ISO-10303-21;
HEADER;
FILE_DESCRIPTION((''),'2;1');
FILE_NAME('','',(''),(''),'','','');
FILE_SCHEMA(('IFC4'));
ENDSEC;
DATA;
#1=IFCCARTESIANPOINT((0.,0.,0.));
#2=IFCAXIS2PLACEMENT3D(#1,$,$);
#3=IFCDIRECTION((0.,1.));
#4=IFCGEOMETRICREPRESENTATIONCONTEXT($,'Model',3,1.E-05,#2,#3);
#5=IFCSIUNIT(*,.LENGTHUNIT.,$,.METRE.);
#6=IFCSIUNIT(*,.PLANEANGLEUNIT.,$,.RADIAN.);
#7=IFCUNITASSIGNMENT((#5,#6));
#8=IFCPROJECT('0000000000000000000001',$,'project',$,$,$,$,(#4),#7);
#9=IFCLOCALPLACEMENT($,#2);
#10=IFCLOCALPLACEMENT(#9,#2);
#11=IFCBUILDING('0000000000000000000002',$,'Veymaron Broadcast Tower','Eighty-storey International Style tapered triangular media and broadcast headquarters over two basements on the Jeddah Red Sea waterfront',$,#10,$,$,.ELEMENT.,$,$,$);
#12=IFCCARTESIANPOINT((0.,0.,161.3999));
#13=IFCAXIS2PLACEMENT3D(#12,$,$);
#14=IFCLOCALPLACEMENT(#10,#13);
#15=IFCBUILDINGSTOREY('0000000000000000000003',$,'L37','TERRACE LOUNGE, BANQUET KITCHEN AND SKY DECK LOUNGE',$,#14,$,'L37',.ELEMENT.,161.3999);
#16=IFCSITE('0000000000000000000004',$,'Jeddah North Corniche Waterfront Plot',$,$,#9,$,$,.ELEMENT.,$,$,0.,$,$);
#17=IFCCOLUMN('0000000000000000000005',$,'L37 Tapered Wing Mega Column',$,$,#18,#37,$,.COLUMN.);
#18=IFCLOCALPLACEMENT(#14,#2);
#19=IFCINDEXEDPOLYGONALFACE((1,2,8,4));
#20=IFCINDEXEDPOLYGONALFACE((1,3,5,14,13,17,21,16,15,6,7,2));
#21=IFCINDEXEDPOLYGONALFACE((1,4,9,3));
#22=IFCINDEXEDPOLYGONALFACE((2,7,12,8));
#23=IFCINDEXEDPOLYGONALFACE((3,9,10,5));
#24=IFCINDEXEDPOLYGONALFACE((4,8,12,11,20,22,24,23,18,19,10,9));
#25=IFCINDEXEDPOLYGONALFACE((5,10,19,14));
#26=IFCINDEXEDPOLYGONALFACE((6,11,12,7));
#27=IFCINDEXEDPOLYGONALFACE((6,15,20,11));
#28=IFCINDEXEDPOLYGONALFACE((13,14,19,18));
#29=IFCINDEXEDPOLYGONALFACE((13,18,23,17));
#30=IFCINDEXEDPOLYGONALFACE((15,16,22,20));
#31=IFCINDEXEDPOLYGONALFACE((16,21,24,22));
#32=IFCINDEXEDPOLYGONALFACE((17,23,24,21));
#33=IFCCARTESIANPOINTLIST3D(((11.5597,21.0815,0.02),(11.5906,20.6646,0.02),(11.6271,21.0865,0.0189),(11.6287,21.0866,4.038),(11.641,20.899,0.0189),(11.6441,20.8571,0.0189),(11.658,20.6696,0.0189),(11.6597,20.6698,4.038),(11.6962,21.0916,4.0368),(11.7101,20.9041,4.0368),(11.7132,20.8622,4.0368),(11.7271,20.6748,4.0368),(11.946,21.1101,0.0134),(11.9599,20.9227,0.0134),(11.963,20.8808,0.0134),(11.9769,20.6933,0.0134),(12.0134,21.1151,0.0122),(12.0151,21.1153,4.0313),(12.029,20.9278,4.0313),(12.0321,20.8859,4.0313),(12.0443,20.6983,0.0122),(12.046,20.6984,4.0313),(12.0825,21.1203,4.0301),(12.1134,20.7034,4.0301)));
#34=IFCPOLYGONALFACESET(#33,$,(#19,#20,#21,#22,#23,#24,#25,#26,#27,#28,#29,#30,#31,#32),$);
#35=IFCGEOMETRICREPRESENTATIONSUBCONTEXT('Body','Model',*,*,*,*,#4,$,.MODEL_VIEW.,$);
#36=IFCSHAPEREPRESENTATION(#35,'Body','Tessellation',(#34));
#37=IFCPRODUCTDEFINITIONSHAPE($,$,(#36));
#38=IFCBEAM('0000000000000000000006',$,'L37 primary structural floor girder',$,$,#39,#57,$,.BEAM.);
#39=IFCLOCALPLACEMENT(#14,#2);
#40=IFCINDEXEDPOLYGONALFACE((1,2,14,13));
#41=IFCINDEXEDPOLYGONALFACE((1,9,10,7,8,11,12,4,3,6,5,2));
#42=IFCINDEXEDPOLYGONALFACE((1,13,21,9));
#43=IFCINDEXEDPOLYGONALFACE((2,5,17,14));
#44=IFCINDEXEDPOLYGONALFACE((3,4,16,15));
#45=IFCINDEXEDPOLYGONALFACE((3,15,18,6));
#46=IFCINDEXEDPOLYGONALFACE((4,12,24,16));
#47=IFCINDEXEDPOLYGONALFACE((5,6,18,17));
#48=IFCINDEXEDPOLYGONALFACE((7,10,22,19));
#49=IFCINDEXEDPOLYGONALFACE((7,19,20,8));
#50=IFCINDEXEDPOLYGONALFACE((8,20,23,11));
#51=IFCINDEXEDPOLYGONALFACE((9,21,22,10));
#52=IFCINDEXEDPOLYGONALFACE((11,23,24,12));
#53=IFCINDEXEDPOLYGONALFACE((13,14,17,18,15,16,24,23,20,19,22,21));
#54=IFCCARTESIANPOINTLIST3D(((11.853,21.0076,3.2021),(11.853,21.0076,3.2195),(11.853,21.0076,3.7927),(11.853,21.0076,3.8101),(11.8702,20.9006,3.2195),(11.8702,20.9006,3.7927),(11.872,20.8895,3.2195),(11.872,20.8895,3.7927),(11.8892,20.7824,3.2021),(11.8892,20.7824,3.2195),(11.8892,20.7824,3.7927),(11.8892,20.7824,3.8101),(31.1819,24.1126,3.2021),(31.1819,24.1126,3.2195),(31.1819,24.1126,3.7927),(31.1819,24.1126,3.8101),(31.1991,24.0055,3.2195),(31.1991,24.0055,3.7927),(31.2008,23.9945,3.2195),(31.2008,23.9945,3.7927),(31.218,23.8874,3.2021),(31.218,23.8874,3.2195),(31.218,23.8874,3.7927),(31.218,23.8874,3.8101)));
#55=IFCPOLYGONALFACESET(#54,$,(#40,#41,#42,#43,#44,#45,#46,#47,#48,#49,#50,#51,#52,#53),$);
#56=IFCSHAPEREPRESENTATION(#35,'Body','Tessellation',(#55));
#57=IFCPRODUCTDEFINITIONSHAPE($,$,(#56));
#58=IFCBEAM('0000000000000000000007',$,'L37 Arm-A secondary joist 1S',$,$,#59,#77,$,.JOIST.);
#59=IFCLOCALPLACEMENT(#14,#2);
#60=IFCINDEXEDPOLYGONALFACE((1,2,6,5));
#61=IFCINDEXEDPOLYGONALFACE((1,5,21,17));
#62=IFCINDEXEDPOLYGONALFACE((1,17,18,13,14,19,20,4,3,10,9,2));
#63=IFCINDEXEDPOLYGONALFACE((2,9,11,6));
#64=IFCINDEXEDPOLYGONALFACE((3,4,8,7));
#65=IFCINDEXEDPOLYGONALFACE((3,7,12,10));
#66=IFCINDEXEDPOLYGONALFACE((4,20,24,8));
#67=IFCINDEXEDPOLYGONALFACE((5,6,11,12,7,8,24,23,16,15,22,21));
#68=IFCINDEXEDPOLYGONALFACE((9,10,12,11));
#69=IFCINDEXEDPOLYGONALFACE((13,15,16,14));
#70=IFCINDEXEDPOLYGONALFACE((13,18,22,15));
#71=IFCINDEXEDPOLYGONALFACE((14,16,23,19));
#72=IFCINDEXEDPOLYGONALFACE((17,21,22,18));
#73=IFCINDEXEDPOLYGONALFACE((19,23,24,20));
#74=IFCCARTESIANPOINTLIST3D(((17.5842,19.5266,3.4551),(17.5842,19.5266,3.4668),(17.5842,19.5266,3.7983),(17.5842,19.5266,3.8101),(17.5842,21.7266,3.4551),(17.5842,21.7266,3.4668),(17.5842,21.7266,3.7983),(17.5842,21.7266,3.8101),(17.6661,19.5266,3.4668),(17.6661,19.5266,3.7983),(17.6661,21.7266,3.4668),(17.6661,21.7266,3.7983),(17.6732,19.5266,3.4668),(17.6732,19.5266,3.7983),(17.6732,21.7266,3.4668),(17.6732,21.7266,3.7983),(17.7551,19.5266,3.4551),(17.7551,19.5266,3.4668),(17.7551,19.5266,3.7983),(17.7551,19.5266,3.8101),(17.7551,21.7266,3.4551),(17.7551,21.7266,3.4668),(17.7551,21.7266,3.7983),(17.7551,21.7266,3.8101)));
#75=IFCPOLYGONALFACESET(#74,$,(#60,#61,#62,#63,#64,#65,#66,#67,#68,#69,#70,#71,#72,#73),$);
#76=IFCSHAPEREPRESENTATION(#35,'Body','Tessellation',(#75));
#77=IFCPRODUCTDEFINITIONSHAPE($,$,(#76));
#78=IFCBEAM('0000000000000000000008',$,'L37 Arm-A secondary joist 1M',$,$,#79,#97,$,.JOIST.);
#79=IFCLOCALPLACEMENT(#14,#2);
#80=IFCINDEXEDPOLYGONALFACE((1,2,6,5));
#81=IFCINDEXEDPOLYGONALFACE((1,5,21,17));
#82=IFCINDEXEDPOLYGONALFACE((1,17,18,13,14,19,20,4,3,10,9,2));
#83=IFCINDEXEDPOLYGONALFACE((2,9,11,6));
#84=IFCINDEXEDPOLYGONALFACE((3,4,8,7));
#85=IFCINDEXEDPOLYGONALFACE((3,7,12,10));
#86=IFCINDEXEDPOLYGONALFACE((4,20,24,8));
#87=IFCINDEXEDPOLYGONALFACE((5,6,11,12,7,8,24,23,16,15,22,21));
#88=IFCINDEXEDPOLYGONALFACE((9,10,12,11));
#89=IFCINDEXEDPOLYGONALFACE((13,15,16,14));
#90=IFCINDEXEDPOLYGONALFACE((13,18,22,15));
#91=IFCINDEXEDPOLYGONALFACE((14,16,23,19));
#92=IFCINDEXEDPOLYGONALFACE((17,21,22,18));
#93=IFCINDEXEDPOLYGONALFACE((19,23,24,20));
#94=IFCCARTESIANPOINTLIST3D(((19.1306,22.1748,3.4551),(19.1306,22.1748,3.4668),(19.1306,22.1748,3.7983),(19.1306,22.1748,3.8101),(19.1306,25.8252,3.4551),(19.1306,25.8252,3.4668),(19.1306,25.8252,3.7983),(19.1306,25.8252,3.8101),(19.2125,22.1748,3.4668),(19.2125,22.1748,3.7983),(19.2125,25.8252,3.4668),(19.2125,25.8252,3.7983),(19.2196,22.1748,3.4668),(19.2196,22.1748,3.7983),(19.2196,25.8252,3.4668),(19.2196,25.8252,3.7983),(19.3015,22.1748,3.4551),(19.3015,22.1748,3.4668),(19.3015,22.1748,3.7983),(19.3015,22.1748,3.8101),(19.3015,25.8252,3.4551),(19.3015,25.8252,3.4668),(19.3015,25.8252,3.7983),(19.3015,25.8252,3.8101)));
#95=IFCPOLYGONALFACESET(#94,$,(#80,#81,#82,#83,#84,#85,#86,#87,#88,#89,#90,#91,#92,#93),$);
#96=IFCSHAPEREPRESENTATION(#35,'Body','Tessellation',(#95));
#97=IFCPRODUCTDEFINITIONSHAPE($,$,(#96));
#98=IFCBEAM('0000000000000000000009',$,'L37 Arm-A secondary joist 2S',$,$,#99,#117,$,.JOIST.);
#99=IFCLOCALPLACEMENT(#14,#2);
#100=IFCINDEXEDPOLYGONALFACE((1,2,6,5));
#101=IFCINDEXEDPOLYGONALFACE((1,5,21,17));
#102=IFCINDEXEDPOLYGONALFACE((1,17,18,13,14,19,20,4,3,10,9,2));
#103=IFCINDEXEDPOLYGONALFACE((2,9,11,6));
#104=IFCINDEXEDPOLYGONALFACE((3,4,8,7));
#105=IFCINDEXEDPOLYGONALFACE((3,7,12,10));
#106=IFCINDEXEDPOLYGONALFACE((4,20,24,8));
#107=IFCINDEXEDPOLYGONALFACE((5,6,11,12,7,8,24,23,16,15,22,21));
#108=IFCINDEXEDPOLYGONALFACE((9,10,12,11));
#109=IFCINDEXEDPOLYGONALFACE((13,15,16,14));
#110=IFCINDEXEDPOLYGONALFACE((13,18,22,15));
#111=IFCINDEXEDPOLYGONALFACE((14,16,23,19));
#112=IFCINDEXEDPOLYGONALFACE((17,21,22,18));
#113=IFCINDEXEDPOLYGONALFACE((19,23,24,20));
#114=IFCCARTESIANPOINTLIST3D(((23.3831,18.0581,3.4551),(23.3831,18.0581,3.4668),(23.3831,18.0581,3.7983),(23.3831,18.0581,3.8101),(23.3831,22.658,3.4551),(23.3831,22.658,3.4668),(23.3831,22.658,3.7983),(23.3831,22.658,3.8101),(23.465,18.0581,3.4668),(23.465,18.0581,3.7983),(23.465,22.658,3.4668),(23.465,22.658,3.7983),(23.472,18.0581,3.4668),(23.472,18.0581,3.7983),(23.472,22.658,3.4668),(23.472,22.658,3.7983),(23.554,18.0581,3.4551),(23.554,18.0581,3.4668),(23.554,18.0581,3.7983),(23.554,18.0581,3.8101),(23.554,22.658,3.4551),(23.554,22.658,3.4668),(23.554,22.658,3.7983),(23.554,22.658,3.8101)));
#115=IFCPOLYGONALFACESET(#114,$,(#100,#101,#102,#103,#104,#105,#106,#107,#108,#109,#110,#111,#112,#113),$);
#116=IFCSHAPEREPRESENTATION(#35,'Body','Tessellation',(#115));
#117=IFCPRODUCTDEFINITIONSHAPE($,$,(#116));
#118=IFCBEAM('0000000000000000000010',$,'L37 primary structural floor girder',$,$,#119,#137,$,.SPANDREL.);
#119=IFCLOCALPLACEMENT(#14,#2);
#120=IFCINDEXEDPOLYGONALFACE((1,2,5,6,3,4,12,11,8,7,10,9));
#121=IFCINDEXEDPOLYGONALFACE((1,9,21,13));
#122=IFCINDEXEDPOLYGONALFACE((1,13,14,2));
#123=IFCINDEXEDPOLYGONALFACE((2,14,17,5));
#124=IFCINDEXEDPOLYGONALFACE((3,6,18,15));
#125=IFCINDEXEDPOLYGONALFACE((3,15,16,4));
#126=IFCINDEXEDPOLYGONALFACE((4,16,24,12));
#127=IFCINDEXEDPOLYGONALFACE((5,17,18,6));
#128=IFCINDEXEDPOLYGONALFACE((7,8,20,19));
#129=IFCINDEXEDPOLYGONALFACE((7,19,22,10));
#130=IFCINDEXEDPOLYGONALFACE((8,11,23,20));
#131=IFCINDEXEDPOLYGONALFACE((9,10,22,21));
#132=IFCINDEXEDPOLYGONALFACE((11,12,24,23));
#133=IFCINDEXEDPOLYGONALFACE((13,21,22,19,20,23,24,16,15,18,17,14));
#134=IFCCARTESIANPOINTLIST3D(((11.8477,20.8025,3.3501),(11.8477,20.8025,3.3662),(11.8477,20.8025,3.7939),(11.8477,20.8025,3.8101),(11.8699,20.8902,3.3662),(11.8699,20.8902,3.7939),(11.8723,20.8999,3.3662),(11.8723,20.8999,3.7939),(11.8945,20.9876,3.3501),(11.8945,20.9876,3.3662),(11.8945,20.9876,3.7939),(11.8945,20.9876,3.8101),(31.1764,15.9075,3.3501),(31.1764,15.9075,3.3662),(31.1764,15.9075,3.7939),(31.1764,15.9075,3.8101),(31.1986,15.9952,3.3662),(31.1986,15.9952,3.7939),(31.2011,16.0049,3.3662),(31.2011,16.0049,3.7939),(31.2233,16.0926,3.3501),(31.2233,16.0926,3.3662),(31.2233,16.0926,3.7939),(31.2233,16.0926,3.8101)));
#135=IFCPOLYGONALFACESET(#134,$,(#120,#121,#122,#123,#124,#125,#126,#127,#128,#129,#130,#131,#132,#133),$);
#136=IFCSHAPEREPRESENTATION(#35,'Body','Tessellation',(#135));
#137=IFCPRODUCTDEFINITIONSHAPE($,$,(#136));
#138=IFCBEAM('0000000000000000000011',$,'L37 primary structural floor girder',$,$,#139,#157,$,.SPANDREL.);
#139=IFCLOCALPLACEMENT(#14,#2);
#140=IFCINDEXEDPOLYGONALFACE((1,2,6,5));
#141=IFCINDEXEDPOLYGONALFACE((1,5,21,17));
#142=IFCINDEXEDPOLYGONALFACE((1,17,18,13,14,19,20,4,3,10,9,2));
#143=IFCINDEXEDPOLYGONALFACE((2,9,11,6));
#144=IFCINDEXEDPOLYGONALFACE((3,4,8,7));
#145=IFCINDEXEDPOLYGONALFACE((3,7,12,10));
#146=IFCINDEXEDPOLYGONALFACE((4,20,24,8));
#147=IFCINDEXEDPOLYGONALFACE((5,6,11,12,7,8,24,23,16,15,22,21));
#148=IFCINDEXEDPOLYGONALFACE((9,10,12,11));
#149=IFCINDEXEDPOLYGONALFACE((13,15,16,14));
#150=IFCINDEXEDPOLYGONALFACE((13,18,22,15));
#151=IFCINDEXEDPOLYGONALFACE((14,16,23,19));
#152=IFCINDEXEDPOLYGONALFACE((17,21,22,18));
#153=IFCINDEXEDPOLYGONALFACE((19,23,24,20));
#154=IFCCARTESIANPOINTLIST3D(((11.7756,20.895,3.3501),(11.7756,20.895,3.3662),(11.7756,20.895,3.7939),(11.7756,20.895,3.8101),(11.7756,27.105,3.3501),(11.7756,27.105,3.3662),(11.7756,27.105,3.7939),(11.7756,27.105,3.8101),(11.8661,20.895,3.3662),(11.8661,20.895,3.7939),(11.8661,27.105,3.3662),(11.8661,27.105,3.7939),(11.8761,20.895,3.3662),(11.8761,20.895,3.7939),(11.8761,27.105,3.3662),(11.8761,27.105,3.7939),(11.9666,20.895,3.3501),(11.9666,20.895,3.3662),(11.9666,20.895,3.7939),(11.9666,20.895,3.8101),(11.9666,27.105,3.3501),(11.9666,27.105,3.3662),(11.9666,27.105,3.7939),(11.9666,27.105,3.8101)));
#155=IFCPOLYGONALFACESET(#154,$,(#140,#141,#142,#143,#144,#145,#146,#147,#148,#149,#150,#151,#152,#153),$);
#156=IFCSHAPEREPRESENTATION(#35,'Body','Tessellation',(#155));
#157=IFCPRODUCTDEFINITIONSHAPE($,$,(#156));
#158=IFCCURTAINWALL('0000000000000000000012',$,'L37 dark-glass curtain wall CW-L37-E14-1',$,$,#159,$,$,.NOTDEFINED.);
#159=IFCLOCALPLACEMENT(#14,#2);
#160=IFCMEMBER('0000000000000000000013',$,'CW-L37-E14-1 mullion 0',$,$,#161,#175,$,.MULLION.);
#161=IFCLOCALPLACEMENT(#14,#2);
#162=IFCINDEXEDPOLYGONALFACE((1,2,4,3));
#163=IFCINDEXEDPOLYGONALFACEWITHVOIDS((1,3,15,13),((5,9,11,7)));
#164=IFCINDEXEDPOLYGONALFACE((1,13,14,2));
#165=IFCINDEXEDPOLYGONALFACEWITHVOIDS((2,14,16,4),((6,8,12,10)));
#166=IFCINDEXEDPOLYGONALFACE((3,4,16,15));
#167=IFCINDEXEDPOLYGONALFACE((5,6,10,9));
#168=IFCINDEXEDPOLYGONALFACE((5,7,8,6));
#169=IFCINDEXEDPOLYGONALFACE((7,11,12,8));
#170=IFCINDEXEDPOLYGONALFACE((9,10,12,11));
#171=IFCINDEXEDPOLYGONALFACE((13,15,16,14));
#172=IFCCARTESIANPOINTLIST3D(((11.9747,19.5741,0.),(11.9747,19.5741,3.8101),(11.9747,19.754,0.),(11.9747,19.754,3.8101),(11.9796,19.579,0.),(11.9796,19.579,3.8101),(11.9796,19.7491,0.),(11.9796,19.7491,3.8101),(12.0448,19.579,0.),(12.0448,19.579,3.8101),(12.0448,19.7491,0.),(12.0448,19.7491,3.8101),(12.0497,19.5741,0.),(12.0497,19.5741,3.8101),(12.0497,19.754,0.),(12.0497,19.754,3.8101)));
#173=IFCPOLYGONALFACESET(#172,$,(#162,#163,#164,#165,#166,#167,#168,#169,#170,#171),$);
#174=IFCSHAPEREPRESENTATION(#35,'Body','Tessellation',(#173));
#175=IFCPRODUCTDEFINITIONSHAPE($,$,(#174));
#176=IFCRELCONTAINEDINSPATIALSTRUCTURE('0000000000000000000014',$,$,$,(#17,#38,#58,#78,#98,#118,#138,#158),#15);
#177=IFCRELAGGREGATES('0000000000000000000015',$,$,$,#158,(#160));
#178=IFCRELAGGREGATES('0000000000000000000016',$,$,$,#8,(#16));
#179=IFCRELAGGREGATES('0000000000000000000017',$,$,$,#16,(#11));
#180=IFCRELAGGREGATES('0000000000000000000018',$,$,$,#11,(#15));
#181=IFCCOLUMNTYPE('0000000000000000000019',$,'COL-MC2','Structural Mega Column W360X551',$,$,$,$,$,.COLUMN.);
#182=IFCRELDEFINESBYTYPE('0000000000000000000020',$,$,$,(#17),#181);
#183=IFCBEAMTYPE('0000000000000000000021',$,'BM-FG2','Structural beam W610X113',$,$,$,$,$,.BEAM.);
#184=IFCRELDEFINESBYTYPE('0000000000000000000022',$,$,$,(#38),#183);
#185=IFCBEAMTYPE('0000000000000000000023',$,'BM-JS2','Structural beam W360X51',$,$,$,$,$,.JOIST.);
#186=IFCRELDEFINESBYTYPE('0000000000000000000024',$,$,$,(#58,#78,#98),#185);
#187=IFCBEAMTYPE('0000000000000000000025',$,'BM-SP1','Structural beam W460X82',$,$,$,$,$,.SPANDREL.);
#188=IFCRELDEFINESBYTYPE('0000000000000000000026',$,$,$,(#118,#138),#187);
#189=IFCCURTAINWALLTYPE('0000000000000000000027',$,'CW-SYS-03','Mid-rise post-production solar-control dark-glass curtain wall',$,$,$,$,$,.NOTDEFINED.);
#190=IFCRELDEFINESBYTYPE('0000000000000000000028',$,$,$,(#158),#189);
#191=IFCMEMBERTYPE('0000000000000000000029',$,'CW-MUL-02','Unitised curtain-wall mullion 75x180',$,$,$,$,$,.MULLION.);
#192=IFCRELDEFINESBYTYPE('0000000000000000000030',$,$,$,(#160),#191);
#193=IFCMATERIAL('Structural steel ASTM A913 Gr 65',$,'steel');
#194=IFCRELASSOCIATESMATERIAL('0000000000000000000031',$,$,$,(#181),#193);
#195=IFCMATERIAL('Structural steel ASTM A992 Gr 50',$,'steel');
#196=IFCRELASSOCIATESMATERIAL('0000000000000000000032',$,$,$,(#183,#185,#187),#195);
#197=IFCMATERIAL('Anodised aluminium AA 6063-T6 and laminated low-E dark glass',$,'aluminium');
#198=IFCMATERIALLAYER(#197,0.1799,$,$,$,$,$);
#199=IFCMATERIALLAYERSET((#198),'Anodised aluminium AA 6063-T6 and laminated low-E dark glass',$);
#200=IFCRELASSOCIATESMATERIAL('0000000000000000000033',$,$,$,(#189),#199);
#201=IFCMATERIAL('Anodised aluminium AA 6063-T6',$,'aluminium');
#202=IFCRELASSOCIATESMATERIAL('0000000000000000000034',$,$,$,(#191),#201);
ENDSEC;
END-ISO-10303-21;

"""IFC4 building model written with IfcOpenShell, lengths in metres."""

from ifc_helpers import new_model, si_unit, direction, frame, origin, origin_2d, place, context, subcontext, project, spatial, hollow_rectangle, i_section, extrude, material, layer, layer_set, material_profile, profile_set, type_object, element, aggregate, save


model = new_model("IFC4")

# Units and contexts
model_context = context("Model", 3, precision=1e-05, world=origin(), true_north=direction((0.0, 1.0)))
body_context = subcontext(model_context, "Body", "Model", "MODEL_VIEW")
ifc_project = project(units=[si_unit("LENGTHUNIT", "METRE"), si_unit("PLANEANGLEUNIT", "RADIAN")], contexts=[model_context])

# Site, building, storey
site_placement = place(None, origin())
site = spatial("IfcSite", under=ifc_project, at=site_placement, Name="Jeddah North Corniche Waterfront Plot", CompositionType="ELEMENT", RefElevation=0.0)
building_placement = place(site_placement, origin())
building = spatial("IfcBuilding", under=site, at=building_placement, Name="Veymaron Broadcast Tower", Description="Eighty-storey International Style tapered triangular media and broadcast headquarters over two basements on the Jeddah Red Sea waterfront", CompositionType="ELEMENT")
storey_placement = place(building_placement, frame((0.0, 0.0, 161.3999)))
storey = spatial("IfcBuildingStorey", under=building, at=storey_placement, Name="L37", Description="TERRACE LOUNGE, BANQUET KITCHEN AND SKY DECK LOUNGE", LongName="L37", CompositionType="ELEMENT", Elevation=161.3999)

# Column
ifc_material_1 = material(Name="Structural steel ASTM A913 Gr 65", Category="steel")
ifc_material_profile_1 = material_profile(ifc_material_1, i_section(OverallWidth=0.418, OverallDepth=0.4551, WebThickness=0.042, FlangeThickness=0.0676, at=origin_2d()), Name="W360X551")
ifc_profile_set_1 = profile_set([ifc_material_profile_1], Name="Structural steel ASTM A913 Gr 65")
column_type = type_object("IfcColumnType", Name="COL-MC2", Description="Structural Mega Column W360X551", PredefinedType="COLUMN", material=ifc_profile_set_1)
column_placement = place(storey_placement, frame((11.802, 20.8899, 0.0161), z_axis=(0.017193, 0.001276, 0.999851), x_axis=(-0.074001, 0.997258, 0.0)))
element("IfcColumn", 1, at=column_placement, inside=storey, type_object=column_type, Name="L37 Tapered Wing Mega Column", PredefinedType="COLUMN", context=body_context, shape_type="SweptSolid", body=[
    extrude(i_section(OverallWidth=0.418, OverallDepth=0.4551, WebThickness=0.042, FlangeThickness=0.0676, at=origin_2d()), origin(), (0.0, 0.0, 1.0), 4.0186),
])

# Beams
ifc_material_2 = material(Name="Structural steel ASTM A992 Gr 50", Category="steel")
ifc_material_profile_2 = material_profile(ifc_material_2, i_section(OverallWidth=0.228, OverallDepth=0.6079, WebThickness=0.0112, FlangeThickness=0.0173, at=origin_2d()), Name="W610X113")
ifc_profile_set_2 = profile_set([ifc_material_profile_2], Name="Structural steel ASTM A992 Gr 50")
beam_type_1 = type_object("IfcBeamType", Name="BM-FG2", Description="Structural beam W610X113", PredefinedType="BEAM", material=ifc_profile_set_2)
beam_1_placement = place(storey_placement, frame((11.8711, 20.895, 3.5061), z_axis=(0.987342, 0.158606, 0.0), x_axis=(-0.158606, 0.987342, 0.0)))
element("IfcBeam", 2, at=beam_1_placement, inside=storey, type_object=beam_type_1, Name="L37 primary structural floor girder", PredefinedType="BEAM", context=body_context, shape_type="SweptSolid", body=[
    extrude(i_section(OverallWidth=0.228, OverallDepth=0.6079, WebThickness=0.0112, FlangeThickness=0.0173, at=origin_2d()), origin(), (0.0, 0.0, 1.0), 19.5767),
])
ifc_material_profile_3 = material_profile(ifc_material_2, i_section(OverallWidth=0.1709, OverallDepth=0.355, WebThickness=0.0071, FlangeThickness=0.0117, at=origin_2d()), Name="W360X51")
ifc_profile_set_3 = profile_set([ifc_material_profile_3], Name="Structural steel ASTM A992 Gr 50")
beam_type_2 = type_object("IfcBeamType", Name="BM-JS2", Description="Structural beam W360X51", PredefinedType="JOIST", material=ifc_profile_set_3)
beam_2_placement = place(storey_placement, frame((17.6697, 19.5266, 3.6326), z_axis=(0.0, 1.0, 0.0), x_axis=(-1.0, 0.0, 0.0)))
element("IfcBeam", 3, at=beam_2_placement, inside=storey, type_object=beam_type_2, Name="L37 Arm-A secondary joist 1S", PredefinedType="JOIST", context=body_context, shape_type="SweptSolid", body=[
    extrude(i_section(OverallWidth=0.1709, OverallDepth=0.355, WebThickness=0.0071, FlangeThickness=0.0117, at=origin_2d()), origin(), (0.0, 0.0, 1.0), 2.2),
])
beam_3_placement = place(storey_placement, frame((19.2161, 22.1748, 3.6326), z_axis=(0.0, 1.0, 0.0), x_axis=(-1.0, 0.0, 0.0)))
element("IfcBeam", 4, at=beam_3_placement, inside=storey, type_object=beam_type_2, Name="L37 Arm-A secondary joist 1M", PredefinedType="JOIST", context=body_context, shape_type="SweptSolid", body=[
    extrude(i_section(OverallWidth=0.1709, OverallDepth=0.355, WebThickness=0.0071, FlangeThickness=0.0117, at=origin_2d()), origin(), (0.0, 0.0, 1.0), 3.6504),
])
beam_4_placement = place(storey_placement, frame((23.4685, 18.0581, 3.6326), z_axis=(0.0, 1.0, 0.0), x_axis=(-1.0, 0.0, 0.0)))
element("IfcBeam", 5, at=beam_4_placement, inside=storey, type_object=beam_type_2, Name="L37 Arm-A secondary joist 2S", PredefinedType="JOIST", context=body_context, shape_type="SweptSolid", body=[
    extrude(i_section(OverallWidth=0.1709, OverallDepth=0.355, WebThickness=0.0071, FlangeThickness=0.0117, at=origin_2d()), origin(), (0.0, 0.0, 1.0), 4.5999),
])
ifc_material_profile_4 = material_profile(ifc_material_2, i_section(OverallWidth=0.1909, OverallDepth=0.46, WebThickness=0.01, FlangeThickness=0.0161, at=origin_2d()), Name="W460X82")
ifc_profile_set_4 = profile_set([ifc_material_profile_4], Name="Structural steel ASTM A992 Gr 50")
beam_type_3 = type_object("IfcBeamType", Name="BM-SP1", Description="Structural beam W460X82", PredefinedType="SPANDREL", material=ifc_profile_set_4)
beam_5_placement = place(storey_placement, frame((11.8711, 20.895, 3.5801), z_axis=(0.969397, -0.245499, 0.0), x_axis=(0.245499, 0.969397, 0.0)))
element("IfcBeam", 6, at=beam_5_placement, inside=storey, type_object=beam_type_3, Name="L37 primary structural floor girder", PredefinedType="SPANDREL", context=body_context, shape_type="SweptSolid", body=[
    extrude(i_section(OverallWidth=0.1909, OverallDepth=0.46, WebThickness=0.01, FlangeThickness=0.0161, at=origin_2d()), origin(), (0.0, 0.0, 1.0), 19.939),
])
beam_6_placement = place(storey_placement, frame((11.8711, 20.895, 3.5801), z_axis=(0.0, 1.0, 0.0), x_axis=(-1.0, 0.0, 0.0)))
element("IfcBeam", 7, at=beam_6_placement, inside=storey, type_object=beam_type_3, Name="L37 primary structural floor girder", PredefinedType="SPANDREL", context=body_context, shape_type="SweptSolid", body=[
    extrude(i_section(OverallWidth=0.1909, OverallDepth=0.46, WebThickness=0.01, FlangeThickness=0.0161, at=origin_2d()), origin(), (0.0, 0.0, 1.0), 6.21),
])

# Curtain wall, member
ifc_material_3 = material(Name="Anodised aluminium AA 6063-T6 and laminated low-E dark glass", Category="aluminium")
ifc_layer_1 = layer(ifc_material_3, 0.1799)
ifc_layer_set_1 = layer_set([ifc_layer_1], Name="Anodised aluminium AA 6063-T6 and laminated low-E dark glass")
curtain_wall_type = type_object("IfcCurtainWallType", Name="CW-SYS-03", Description="Mid-rise post-production solar-control dark-glass curtain wall", PredefinedType="NOTDEFINED", material=ifc_layer_set_1)
curtain_wall_placement = place(storey_placement, origin())
curtain_wall = element("IfcCurtainWall", 8, at=curtain_wall_placement, inside=storey, type_object=curtain_wall_type, Name="L37 dark-glass curtain wall CW-L37-E14-1", PredefinedType="NOTDEFINED")
ifc_material_4 = material(Name="Anodised aluminium AA 6063-T6", Category="aluminium")
ifc_material_profile_5 = material_profile(ifc_material_4, hollow_rectangle(XDim=0.075, YDim=0.1799, WallThickness=0.0049, at=origin_2d()), Name="AL180X75X5")
ifc_profile_set_5 = profile_set([ifc_material_profile_5], Name="Anodised aluminium AA 6063-T6")
member_type_1 = type_object("IfcMemberType", Name="CW-MUL-02", Description="Unitised curtain-wall mullion 75x180", PredefinedType="MULLION", material=ifc_profile_set_5)
member_1_placement = place(storey_placement, frame((12.0122, 19.6641, 0.0), z_axis=(0.0, 0.0, 1.0), x_axis=(1.0, 0.0, 0.0)))
member_1 = element("IfcMember", 9, at=member_1_placement, type_object=member_type_1, Name="CW-L37-E14-1 mullion 0", PredefinedType="MULLION", context=body_context, shape_type="SweptSolid", body=[
    extrude(hollow_rectangle(XDim=0.075, YDim=0.1799, WallThickness=0.0049, at=origin_2d()), origin(), (0.0, 0.0, 1.0), 3.8101),
])
aggregate(curtain_wall, [member_1])

save(model, "model.ifc")
